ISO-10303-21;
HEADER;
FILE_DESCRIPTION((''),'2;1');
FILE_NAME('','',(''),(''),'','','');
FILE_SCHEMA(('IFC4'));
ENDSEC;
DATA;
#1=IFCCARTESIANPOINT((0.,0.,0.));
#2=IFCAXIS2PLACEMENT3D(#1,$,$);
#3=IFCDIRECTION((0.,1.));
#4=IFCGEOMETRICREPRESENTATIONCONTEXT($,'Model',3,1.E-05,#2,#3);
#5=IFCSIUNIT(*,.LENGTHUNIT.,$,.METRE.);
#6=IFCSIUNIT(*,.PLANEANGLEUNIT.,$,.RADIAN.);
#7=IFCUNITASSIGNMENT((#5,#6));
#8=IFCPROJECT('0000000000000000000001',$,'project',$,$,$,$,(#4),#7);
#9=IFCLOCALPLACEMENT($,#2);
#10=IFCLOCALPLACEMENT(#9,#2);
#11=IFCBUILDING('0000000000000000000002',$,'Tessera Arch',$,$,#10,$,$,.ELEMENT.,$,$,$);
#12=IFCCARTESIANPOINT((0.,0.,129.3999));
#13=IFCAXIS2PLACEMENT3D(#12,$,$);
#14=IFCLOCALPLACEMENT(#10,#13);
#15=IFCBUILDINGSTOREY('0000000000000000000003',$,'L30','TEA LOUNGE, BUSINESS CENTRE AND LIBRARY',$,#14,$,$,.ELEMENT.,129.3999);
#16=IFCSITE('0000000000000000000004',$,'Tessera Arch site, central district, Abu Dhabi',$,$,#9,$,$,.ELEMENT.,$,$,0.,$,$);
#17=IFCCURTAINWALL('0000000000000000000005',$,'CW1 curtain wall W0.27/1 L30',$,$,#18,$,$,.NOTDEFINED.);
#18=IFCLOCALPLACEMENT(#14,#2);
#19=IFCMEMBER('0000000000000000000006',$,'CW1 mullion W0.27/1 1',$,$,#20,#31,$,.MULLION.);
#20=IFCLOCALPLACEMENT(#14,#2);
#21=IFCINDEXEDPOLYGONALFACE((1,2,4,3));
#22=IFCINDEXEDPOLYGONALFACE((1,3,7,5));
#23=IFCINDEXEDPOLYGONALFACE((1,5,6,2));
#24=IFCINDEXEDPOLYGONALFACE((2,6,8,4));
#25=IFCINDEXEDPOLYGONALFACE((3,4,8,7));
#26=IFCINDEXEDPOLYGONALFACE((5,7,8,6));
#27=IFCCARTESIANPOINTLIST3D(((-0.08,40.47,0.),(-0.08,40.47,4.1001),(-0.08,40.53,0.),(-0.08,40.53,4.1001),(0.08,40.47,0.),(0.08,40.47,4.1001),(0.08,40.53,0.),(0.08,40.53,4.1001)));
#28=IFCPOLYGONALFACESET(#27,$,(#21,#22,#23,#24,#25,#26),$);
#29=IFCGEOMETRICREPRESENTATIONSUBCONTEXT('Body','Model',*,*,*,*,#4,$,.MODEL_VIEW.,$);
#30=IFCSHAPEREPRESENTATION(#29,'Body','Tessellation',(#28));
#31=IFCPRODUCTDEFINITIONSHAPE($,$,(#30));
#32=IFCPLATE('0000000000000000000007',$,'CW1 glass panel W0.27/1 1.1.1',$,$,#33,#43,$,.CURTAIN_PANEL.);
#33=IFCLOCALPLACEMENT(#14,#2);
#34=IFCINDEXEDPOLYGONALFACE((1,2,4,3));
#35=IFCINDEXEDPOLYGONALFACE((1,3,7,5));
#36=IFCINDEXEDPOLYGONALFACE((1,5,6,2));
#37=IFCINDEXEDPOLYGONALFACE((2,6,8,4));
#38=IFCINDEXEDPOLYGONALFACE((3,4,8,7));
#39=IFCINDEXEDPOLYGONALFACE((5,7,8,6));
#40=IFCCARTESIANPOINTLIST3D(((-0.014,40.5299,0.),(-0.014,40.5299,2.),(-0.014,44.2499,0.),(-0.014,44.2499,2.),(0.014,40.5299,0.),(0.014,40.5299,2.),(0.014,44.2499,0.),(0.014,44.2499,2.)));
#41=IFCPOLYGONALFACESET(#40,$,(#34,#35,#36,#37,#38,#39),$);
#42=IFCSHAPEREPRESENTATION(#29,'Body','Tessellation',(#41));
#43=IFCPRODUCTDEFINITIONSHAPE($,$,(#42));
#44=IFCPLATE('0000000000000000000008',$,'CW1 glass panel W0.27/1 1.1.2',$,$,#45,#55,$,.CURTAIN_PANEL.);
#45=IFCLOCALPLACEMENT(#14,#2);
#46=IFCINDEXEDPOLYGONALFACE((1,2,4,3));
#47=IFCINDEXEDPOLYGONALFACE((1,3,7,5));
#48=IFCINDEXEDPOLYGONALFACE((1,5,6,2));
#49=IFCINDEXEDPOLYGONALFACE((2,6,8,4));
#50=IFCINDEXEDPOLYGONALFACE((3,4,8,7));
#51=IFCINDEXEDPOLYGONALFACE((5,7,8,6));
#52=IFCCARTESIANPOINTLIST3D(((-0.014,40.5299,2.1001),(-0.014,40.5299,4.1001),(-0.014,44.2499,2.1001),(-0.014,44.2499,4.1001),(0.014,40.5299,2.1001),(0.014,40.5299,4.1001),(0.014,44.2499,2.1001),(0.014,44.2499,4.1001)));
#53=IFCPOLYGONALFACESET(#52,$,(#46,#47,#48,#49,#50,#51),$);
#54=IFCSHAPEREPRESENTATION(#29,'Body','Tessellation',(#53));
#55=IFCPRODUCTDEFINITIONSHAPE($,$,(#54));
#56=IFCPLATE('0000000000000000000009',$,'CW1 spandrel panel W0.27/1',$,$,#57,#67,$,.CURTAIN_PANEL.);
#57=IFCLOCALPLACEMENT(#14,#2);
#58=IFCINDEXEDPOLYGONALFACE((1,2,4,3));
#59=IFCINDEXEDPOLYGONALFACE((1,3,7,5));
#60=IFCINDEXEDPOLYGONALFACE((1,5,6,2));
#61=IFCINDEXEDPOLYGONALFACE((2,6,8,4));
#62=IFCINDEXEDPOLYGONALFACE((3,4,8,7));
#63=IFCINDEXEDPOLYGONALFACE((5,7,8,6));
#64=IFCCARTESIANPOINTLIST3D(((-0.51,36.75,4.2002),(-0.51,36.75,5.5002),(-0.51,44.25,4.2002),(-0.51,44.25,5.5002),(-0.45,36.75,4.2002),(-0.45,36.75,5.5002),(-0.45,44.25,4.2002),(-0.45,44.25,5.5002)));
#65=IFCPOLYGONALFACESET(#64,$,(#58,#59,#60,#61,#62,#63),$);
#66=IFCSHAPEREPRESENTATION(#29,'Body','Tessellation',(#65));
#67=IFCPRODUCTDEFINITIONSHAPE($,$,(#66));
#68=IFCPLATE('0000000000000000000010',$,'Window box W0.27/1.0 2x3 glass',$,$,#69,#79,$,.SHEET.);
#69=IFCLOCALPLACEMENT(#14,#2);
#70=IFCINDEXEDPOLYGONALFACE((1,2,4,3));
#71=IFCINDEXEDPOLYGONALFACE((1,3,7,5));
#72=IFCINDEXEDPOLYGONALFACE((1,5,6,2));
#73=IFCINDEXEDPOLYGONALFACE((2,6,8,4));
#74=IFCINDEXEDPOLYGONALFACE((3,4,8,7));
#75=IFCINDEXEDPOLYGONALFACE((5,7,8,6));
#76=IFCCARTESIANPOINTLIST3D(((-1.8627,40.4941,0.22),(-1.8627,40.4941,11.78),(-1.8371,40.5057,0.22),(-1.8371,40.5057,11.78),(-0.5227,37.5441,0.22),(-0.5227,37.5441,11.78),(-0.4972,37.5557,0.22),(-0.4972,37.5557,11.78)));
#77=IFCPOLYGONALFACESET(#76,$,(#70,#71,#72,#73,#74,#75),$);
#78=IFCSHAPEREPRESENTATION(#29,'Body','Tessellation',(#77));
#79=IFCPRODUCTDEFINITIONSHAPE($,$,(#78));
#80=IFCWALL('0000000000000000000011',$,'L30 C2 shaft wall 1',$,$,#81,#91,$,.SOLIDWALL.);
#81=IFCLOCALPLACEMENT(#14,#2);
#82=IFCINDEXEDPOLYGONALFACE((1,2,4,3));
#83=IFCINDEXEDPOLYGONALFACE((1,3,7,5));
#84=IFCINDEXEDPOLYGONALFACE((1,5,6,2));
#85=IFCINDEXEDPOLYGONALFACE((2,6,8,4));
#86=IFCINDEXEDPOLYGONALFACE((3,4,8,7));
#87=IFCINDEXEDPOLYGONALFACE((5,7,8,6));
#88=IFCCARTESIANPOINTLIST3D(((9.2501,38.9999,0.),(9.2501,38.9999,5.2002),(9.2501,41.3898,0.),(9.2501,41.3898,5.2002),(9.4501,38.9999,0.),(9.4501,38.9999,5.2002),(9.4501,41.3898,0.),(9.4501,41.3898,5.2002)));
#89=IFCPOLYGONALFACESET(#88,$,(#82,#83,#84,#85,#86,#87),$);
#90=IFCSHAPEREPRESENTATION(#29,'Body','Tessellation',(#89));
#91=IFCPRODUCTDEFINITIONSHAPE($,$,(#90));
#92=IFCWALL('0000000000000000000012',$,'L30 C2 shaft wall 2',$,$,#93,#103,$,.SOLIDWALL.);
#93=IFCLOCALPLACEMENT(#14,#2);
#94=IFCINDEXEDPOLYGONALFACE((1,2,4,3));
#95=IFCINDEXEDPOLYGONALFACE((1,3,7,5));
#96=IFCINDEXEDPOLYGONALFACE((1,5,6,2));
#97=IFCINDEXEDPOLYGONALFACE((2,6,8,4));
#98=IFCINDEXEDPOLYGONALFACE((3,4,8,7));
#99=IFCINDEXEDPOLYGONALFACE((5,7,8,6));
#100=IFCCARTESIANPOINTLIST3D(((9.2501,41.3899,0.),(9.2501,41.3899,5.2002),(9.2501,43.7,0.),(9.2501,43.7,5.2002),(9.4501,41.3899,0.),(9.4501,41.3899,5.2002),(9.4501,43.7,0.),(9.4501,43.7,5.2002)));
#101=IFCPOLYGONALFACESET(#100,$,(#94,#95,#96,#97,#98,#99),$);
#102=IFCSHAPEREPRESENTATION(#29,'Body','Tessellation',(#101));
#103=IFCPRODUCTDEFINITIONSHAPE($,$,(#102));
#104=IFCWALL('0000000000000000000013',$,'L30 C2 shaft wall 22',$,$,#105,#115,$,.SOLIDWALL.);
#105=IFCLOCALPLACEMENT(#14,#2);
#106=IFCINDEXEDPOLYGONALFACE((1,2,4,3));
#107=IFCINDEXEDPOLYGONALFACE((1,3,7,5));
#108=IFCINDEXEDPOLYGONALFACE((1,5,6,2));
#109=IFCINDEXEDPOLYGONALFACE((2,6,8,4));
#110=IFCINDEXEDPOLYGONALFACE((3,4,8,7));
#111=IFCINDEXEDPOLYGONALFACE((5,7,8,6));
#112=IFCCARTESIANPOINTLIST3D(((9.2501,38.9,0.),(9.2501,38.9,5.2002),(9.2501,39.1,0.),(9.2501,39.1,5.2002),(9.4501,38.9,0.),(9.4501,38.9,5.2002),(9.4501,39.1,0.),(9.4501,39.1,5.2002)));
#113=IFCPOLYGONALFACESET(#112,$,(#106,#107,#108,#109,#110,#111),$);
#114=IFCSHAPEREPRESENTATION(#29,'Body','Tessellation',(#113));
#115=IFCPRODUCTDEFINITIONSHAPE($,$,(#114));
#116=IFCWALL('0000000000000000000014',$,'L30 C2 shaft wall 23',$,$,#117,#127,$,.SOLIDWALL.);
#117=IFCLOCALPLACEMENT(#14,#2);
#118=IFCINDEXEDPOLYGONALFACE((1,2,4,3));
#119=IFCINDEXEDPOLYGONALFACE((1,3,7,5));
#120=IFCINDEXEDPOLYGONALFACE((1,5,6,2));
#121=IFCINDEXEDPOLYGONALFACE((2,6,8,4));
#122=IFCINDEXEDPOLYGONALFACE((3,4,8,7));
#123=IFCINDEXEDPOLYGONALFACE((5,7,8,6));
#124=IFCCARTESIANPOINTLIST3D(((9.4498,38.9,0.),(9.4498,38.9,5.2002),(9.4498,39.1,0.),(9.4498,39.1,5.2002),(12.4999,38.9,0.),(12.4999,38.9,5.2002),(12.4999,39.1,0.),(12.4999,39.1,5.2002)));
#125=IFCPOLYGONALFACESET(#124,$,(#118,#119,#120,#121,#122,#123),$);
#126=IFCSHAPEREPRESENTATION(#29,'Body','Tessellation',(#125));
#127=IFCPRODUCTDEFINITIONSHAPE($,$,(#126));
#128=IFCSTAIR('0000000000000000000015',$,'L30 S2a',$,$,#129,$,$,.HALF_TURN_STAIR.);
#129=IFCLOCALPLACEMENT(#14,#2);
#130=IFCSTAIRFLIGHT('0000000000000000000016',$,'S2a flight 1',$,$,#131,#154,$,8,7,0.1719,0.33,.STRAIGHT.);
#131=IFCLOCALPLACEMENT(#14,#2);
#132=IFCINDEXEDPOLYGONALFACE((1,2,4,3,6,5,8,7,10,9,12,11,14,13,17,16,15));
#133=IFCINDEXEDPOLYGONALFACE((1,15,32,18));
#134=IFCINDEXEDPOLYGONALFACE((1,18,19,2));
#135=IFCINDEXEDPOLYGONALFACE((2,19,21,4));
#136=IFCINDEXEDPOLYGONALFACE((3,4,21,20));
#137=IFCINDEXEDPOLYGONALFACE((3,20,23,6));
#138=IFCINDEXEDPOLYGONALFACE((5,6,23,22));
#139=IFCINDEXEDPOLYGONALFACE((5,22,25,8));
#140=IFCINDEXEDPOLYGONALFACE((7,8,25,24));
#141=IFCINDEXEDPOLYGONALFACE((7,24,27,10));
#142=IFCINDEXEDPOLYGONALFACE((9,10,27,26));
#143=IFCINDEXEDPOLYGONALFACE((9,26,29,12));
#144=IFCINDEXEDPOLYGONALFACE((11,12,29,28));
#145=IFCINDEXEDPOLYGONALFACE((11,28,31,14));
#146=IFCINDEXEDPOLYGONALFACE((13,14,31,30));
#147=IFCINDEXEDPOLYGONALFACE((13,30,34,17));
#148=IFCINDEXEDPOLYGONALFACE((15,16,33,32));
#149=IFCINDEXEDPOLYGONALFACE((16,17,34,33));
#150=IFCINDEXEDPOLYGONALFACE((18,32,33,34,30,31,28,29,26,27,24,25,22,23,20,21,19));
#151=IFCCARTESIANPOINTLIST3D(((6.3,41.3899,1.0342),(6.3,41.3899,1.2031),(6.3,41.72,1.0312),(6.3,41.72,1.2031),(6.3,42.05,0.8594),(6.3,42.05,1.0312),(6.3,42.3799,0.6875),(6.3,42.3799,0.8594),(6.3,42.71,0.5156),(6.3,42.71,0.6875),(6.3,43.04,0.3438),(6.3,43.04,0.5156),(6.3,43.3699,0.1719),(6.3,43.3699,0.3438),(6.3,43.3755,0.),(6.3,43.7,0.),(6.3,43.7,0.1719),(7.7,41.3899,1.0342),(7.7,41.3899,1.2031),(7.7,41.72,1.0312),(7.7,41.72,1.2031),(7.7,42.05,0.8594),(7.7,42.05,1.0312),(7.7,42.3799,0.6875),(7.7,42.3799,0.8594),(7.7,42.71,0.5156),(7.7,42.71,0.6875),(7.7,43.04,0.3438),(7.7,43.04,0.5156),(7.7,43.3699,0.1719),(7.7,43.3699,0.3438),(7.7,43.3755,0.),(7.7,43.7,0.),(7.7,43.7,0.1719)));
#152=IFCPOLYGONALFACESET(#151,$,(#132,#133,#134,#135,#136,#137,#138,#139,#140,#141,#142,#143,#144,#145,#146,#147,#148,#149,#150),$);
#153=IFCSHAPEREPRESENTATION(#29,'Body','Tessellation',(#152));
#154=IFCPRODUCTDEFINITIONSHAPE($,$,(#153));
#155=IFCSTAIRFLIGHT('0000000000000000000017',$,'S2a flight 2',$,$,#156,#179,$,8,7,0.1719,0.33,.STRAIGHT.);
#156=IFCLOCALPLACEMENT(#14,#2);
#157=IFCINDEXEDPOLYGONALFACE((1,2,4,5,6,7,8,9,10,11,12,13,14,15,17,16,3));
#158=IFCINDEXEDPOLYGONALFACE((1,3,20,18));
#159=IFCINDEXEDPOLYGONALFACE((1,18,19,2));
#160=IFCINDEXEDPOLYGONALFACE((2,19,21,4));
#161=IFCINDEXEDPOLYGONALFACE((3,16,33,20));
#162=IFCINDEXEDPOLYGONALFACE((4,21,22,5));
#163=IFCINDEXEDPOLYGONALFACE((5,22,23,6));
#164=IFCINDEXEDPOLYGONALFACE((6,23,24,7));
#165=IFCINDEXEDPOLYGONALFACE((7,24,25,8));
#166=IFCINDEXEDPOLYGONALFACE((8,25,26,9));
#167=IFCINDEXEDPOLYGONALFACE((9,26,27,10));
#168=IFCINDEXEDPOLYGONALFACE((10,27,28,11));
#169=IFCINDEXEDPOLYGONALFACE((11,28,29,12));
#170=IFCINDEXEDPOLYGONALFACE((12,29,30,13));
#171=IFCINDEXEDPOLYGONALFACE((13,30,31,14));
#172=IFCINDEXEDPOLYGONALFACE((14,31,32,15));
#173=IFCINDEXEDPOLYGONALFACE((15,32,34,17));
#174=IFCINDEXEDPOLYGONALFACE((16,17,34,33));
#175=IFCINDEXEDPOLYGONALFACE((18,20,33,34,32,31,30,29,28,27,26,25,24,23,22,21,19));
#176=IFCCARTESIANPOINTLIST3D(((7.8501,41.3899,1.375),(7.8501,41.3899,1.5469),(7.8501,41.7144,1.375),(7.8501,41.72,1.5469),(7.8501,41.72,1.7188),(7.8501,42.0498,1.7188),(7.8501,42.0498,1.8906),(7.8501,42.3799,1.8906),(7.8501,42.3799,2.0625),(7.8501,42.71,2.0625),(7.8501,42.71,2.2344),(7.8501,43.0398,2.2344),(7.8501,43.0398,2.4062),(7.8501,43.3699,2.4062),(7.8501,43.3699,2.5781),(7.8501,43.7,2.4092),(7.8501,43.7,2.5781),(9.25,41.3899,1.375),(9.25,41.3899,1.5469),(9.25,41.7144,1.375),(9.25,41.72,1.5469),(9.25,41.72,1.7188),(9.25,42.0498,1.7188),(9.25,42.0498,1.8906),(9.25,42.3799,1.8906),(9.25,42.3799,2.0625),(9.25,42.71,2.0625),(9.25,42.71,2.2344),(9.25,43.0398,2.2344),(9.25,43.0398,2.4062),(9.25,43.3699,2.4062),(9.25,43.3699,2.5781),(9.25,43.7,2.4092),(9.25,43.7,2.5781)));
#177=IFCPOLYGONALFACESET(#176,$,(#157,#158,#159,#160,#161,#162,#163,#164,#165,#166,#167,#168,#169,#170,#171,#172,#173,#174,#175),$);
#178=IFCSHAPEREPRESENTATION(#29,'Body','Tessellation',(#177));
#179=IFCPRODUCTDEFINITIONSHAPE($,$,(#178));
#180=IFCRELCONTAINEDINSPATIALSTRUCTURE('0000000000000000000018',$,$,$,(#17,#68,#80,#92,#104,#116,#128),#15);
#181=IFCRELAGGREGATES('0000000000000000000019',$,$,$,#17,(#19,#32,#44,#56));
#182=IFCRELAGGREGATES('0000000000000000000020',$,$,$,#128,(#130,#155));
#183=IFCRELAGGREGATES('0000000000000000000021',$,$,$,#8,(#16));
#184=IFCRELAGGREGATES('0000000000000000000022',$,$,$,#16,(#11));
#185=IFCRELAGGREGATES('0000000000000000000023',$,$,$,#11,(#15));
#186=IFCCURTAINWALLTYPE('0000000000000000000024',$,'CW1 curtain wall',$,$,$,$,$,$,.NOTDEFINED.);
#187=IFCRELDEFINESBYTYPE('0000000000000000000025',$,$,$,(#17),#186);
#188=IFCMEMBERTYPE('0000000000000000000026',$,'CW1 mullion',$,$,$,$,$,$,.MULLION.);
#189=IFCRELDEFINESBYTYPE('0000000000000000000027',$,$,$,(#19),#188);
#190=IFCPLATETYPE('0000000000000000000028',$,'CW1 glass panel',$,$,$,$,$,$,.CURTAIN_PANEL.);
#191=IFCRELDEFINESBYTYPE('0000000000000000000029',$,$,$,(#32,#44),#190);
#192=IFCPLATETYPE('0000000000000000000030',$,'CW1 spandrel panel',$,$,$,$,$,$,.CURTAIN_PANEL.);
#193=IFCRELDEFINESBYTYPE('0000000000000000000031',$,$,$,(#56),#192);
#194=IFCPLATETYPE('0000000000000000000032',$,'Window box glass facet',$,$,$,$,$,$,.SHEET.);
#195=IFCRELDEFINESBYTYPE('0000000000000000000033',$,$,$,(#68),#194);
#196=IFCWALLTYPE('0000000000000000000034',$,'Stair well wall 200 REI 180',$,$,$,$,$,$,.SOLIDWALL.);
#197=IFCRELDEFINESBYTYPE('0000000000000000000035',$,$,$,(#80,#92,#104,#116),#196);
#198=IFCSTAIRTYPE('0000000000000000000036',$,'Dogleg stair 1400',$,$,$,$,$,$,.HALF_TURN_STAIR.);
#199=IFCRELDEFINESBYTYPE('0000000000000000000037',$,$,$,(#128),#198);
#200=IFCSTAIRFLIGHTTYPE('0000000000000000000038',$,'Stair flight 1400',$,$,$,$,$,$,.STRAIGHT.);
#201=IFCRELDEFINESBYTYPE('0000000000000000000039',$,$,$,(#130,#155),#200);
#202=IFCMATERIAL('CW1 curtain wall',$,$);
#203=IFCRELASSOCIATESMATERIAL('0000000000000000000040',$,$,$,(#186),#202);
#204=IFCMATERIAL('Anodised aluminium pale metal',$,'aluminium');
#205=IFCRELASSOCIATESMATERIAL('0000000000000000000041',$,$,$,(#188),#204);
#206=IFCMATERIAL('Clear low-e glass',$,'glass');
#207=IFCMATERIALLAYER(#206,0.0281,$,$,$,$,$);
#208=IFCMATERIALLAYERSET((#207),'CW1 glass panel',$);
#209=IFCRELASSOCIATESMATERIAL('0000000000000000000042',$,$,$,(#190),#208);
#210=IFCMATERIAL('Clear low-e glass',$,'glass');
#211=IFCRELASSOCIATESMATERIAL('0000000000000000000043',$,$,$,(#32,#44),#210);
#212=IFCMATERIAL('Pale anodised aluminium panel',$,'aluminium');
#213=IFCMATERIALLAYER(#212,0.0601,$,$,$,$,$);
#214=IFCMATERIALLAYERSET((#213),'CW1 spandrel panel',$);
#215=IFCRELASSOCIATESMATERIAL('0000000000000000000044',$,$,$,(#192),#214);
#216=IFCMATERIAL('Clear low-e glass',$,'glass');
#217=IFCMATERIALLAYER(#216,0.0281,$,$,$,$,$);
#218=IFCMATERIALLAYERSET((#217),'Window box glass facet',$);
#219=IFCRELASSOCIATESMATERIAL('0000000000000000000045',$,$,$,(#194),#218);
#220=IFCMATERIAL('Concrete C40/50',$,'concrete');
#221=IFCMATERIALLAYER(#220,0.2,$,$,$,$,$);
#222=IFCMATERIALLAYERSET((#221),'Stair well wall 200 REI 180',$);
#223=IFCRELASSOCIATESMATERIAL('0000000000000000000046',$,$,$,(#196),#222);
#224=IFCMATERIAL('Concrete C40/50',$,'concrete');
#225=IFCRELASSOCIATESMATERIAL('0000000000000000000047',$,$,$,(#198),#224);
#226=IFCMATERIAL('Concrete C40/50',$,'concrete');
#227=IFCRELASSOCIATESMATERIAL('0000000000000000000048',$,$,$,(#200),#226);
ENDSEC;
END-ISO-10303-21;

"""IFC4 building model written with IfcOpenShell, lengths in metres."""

from ifc_helpers import new_model, si_unit, direction, frame, frame_2d, origin, origin_2d, place, context, subcontext, project, spatial, polyline, rectangle, outline, extrude, material, layer, layer_set, material_profile, profile_set, type_object, element, aggregate, save


model = new_model("IFC4")

# Units and contexts
model_context = context("Model", 3, precision=1e-05, world=origin(), true_north=direction((0.0, 1.0)))
body_context = subcontext(model_context, "Body", "Model", "MODEL_VIEW")
ifc_project = project(units=[si_unit("LENGTHUNIT", "METRE"), si_unit("PLANEANGLEUNIT", "RADIAN")], contexts=[model_context])

# Site, building, storey
site_placement = place(None, origin())
site = spatial("IfcSite", under=ifc_project, at=site_placement, Name="Tessera Arch site, central district, Abu Dhabi", CompositionType="ELEMENT", RefElevation=0.0)
building_placement = place(site_placement, origin())
building = spatial("IfcBuilding", under=site, at=building_placement, Name="Tessera Arch", CompositionType="ELEMENT")
storey_placement = place(building_placement, frame((0.0, 0.0, 129.3999)))
storey = spatial("IfcBuildingStorey", under=building, at=storey_placement, Name="L30", Description="TEA LOUNGE, BUSINESS CENTRE AND LIBRARY", CompositionType="ELEMENT", Elevation=129.3999)

# Curtain wall, member, plates
ifc_material_1 = material(Name="CW1 curtain wall")
curtain_wall_type = type_object("IfcCurtainWallType", Name="CW1 curtain wall", PredefinedType="NOTDEFINED", material=ifc_material_1)
curtain_wall_placement = place(storey_placement, origin())
curtain_wall = element("IfcCurtainWall", 1, at=curtain_wall_placement, inside=storey, type_object=curtain_wall_type, Name="CW1 curtain wall W0.27/1 L30", PredefinedType="NOTDEFINED")
ifc_material_2 = material(Name="Anodised aluminium pale metal", Category="aluminium")
ifc_material_profile = material_profile(ifc_material_2, rectangle(XDim=0.1599, YDim=0.0601, at=origin_2d()), Name="AL 60x160")
ifc_profile_set = profile_set([ifc_material_profile], Name="Anodised aluminium pale metal")
member_type = type_object("IfcMemberType", Name="CW1 mullion", PredefinedType="MULLION", material=ifc_profile_set)
member_placement = place(storey_placement, frame((0.0, 40.5, 0.0), z_axis=(0.0, 0.0, 1.0), x_axis=(1.0, 0.0, 0.0)))
member = element("IfcMember", 2, at=member_placement, type_object=member_type, Name="CW1 mullion W0.27/1 1", PredefinedType="MULLION", context=body_context, shape_type="SweptSolid", body=[
    extrude(rectangle(XDim=0.1599, YDim=0.0601, at=origin_2d()), origin(), (0.0, 0.0, 1.0), 4.1001),
])
ifc_material_3 = material(Name="Clear low-e glass", Category="glass")
ifc_material_4 = material(Name="Clear low-e glass", Category="glass")
ifc_layer_1 = layer(ifc_material_4, 0.0281)
ifc_layer_set_1 = layer_set([ifc_layer_1], Name="CW1 glass panel")
plate_type_1 = type_object("IfcPlateType", Name="CW1 glass panel", PredefinedType="CURTAIN_PANEL", material=ifc_layer_set_1)
plate_1_placement = place(storey_placement, frame((0.0, 42.3899, 0.0), z_axis=(0.0, 0.0, 1.0), x_axis=(0.0, -1.0, 0.0)))
plate_1 = element("IfcPlate", 3, at=plate_1_placement, type_object=plate_type_1, material=ifc_material_3, Name="CW1 glass panel W0.27/1 1.1.1", PredefinedType="CURTAIN_PANEL", context=body_context, shape_type="SweptSolid", body=[
    extrude(rectangle(XDim=3.72, YDim=0.0281, at=origin_2d()), origin(), (0.0, 0.0, 1.0), 2.0),
])
plate_2_placement = place(storey_placement, frame((0.0, 42.3899, 2.1001), z_axis=(0.0, 0.0, 1.0), x_axis=(0.0, -1.0, 0.0)))
plate_2 = element("IfcPlate", 4, at=plate_2_placement, type_object=plate_type_1, material=ifc_material_3, Name="CW1 glass panel W0.27/1 1.1.2", PredefinedType="CURTAIN_PANEL", context=body_context, shape_type="SweptSolid", body=[
    extrude(rectangle(XDim=3.72, YDim=0.0281, at=origin_2d()), origin(), (0.0, 0.0, 1.0), 2.0),
])
ifc_material_5 = material(Name="Pale anodised aluminium panel", Category="aluminium")
ifc_layer_2 = layer(ifc_material_5, 0.0601)
ifc_layer_set_2 = layer_set([ifc_layer_2], Name="CW1 spandrel panel")
plate_type_2 = type_object("IfcPlateType", Name="CW1 spandrel panel", PredefinedType="CURTAIN_PANEL", material=ifc_layer_set_2)
plate_3_placement = place(storey_placement, frame((-0.48, 40.5, 4.2002), z_axis=(0.0, 0.0, 1.0), x_axis=(0.0, -1.0, 0.0)))
plate_3 = element("IfcPlate", 5, at=plate_3_placement, type_object=plate_type_2, Name="CW1 spandrel panel W0.27/1", PredefinedType="CURTAIN_PANEL", context=body_context, shape_type="SweptSolid", body=[
    extrude(rectangle(XDim=7.5, YDim=0.0601, at=origin_2d()), origin(), (0.0, 0.0, 1.0), 1.3),
])
aggregate(curtain_wall, [member, plate_1, plate_2, plate_3])

# Plate
ifc_material_6 = material(Name="Clear low-e glass", Category="glass")
ifc_layer_3 = layer(ifc_material_6, 0.0281)
ifc_layer_set_3 = layer_set([ifc_layer_3], Name="Window box glass facet")
plate_type_3 = type_object("IfcPlateType", Name="Window box glass facet", PredefinedType="SHEET", material=ifc_layer_set_3)
plate_4_placement = place(storey_placement, frame((-1.1799, 39.0249, 0.22), z_axis=(0.0, 0.0, 1.0), x_axis=(-0.41357, 0.910472, 0.0)))
element("IfcPlate", 6, at=plate_4_placement, inside=storey, type_object=plate_type_3, Name="Window box W0.27/1.0 2x3 glass", PredefinedType="SHEET", context=body_context, shape_type="SweptSolid", body=[
    extrude(rectangle(XDim=3.24, YDim=0.0281, at=origin_2d()), origin(), (0.0, 0.0, 1.0), 11.5601),
])

# Walls
ifc_material_7 = material(Name="Concrete C40/50", Category="concrete")
ifc_layer_4 = layer(ifc_material_7, 0.2)
ifc_layer_set_4 = layer_set([ifc_layer_4], Name="Stair well wall 200 REI 180")
wall_type = type_object("IfcWallType", Name="Stair well wall 200 REI 180", PredefinedType="SOLIDWALL", material=ifc_layer_set_4)
wall_1_placement = place(storey_placement, frame((9.3501, 39.0, 0.0), z_axis=(0.0, 0.0, 1.0), x_axis=(0.0, 1.0, 0.0)))
element("IfcWall", 7, at=wall_1_placement, inside=storey, type_object=wall_type, Name="L30 C2 shaft wall 1", PredefinedType="SOLIDWALL", context=body_context, shape_type="SweptSolid", body=[
    extrude(rectangle(XDim=2.3899, YDim=0.2, at=frame_2d((1.1948, 0.0))), origin(), (0.0, 0.0, 1.0), 5.2002),
])
wall_2_placement = place(storey_placement, frame((9.3501, 41.3899, 0.0), z_axis=(0.0, 0.0, 1.0), x_axis=(0.0, 1.0, 0.0)))
element("IfcWall", 8, at=wall_2_placement, inside=storey, type_object=wall_type, Name="L30 C2 shaft wall 2", PredefinedType="SOLIDWALL", context=body_context, shape_type="SweptSolid", body=[
    extrude(rectangle(XDim=2.3101, YDim=0.2, at=frame_2d((1.155, 0.0))), origin(), (0.0, 0.0, 1.0), 5.2002),
])
wall_3_placement = place(storey_placement, frame((9.25, 39.0, 0.0), z_axis=(0.0, 0.0, 1.0), x_axis=(1.0, 0.0, 0.0)))
element("IfcWall", 9, at=wall_3_placement, inside=storey, type_object=wall_type, Name="L30 C2 shaft wall 22", PredefinedType="SOLIDWALL", context=body_context, shape_type="SweptSolid", body=[
    extrude(rectangle(XDim=0.2, YDim=0.2, at=frame_2d((0.1001, 0.0))), origin(), (0.0, 0.0, 1.0), 5.2002),
])
wall_4_placement = place(storey_placement, frame((9.45, 39.0, 0.0), z_axis=(0.0, 0.0, 1.0), x_axis=(1.0, 0.0, 0.0)))
element("IfcWall", 10, at=wall_4_placement, inside=storey, type_object=wall_type, Name="L30 C2 shaft wall 23", PredefinedType="SOLIDWALL", context=body_context, shape_type="SweptSolid", body=[
    extrude(rectangle(XDim=3.05, YDim=0.2, at=frame_2d((1.5249, 0.0))), origin(), (0.0, 0.0, 1.0), 5.2002),
])

# Stair, stair flights
ifc_material_8 = material(Name="Concrete C40/50", Category="concrete")
stair_type = type_object("IfcStairType", Name="Dogleg stair 1400", PredefinedType="HALF_TURN_STAIR", material=ifc_material_8)
stair_placement = place(storey_placement, origin())
stair = element("IfcStair", 11, at=stair_placement, inside=storey, type_object=stair_type, Name="L30 S2a", PredefinedType="HALF_TURN_STAIR")
ifc_material_9 = material(Name="Concrete C40/50", Category="concrete")
stair_flight_type = type_object("IfcStairFlightType", Name="Stair flight 1400", PredefinedType="STRAIGHT", material=ifc_material_9)
stair_flight_1_placement = place(storey_placement, frame((7.0, 43.7, 0.0), z_axis=(0.0, 0.0, 1.0), x_axis=(0.0, -1.0, 0.0)))
stair_flight_1 = element("IfcStairFlight", 12, at=stair_flight_1_placement, type_object=stair_flight_type, Name="S2a flight 1", NumberOfRisers=8, NumberOfTreads=7, PredefinedType="STRAIGHT", RiserHeight=0.1719, TreadLength=0.33, context=body_context, shape_type="SweptSolid", body=[
    extrude(outline(polyline([(0.0, 0.0), (0.0, 0.1719), (0.3301, 0.1719), (0.3301, 0.3438), (0.6599, 0.3438), (0.6599, 0.5156), (0.99, 0.5156), (0.99, 0.6875), (1.3201, 0.6875), (1.3201, 0.8594), (1.6499, 0.8594), (1.6499, 1.0312), (1.98, 1.0312), (1.98, 1.2031), (2.3101, 1.2031), (2.3101, 1.375), (2.3101, 1.0342), (0.3245, 0.0), (0.0, 0.0)])), frame((0.0, 0.7, 0.0), z_axis=(0.0, -1.0, 0.0), x_axis=(1.0, 0.0, 0.0)), (0.0, 0.0, 1.0), 1.3999),
])
stair_flight_2_placement = place(storey_placement, frame((8.55, 41.3899, 1.375), z_axis=(0.0, 0.0, 1.0), x_axis=(0.0, 1.0, 0.0)))
stair_flight_2 = element("IfcStairFlight", 13, at=stair_flight_2_placement, type_object=stair_flight_type, Name="S2a flight 2", NumberOfRisers=8, NumberOfTreads=7, PredefinedType="STRAIGHT", RiserHeight=0.1719, TreadLength=0.33, context=body_context, shape_type="SweptSolid", body=[
    extrude(outline(polyline([(0.0, 0.0), (0.0, 0.1719), (0.3301, 0.1719), (0.3301, 0.3438), (0.6599, 0.3438), (0.6599, 0.5156), (0.99, 0.5156), (0.99, 0.6875), (1.3201, 0.6875), (1.3201, 0.8594), (1.6499, 0.8594), (1.6499, 1.0312), (1.98, 1.0312), (1.98, 1.2031), (2.3101, 1.2031), (2.3101, 1.375), (2.3101, 1.0342), (0.3245, 0.0), (0.0, 0.0)])), frame((0.0, 0.7, 0.0), z_axis=(0.0, -1.0, 0.0), x_axis=(1.0, 0.0, 0.0)), (0.0, 0.0, 1.0), 1.3999),
])
aggregate(stair, [stair_flight_1, stair_flight_2])

save(model, "model.ifc")
